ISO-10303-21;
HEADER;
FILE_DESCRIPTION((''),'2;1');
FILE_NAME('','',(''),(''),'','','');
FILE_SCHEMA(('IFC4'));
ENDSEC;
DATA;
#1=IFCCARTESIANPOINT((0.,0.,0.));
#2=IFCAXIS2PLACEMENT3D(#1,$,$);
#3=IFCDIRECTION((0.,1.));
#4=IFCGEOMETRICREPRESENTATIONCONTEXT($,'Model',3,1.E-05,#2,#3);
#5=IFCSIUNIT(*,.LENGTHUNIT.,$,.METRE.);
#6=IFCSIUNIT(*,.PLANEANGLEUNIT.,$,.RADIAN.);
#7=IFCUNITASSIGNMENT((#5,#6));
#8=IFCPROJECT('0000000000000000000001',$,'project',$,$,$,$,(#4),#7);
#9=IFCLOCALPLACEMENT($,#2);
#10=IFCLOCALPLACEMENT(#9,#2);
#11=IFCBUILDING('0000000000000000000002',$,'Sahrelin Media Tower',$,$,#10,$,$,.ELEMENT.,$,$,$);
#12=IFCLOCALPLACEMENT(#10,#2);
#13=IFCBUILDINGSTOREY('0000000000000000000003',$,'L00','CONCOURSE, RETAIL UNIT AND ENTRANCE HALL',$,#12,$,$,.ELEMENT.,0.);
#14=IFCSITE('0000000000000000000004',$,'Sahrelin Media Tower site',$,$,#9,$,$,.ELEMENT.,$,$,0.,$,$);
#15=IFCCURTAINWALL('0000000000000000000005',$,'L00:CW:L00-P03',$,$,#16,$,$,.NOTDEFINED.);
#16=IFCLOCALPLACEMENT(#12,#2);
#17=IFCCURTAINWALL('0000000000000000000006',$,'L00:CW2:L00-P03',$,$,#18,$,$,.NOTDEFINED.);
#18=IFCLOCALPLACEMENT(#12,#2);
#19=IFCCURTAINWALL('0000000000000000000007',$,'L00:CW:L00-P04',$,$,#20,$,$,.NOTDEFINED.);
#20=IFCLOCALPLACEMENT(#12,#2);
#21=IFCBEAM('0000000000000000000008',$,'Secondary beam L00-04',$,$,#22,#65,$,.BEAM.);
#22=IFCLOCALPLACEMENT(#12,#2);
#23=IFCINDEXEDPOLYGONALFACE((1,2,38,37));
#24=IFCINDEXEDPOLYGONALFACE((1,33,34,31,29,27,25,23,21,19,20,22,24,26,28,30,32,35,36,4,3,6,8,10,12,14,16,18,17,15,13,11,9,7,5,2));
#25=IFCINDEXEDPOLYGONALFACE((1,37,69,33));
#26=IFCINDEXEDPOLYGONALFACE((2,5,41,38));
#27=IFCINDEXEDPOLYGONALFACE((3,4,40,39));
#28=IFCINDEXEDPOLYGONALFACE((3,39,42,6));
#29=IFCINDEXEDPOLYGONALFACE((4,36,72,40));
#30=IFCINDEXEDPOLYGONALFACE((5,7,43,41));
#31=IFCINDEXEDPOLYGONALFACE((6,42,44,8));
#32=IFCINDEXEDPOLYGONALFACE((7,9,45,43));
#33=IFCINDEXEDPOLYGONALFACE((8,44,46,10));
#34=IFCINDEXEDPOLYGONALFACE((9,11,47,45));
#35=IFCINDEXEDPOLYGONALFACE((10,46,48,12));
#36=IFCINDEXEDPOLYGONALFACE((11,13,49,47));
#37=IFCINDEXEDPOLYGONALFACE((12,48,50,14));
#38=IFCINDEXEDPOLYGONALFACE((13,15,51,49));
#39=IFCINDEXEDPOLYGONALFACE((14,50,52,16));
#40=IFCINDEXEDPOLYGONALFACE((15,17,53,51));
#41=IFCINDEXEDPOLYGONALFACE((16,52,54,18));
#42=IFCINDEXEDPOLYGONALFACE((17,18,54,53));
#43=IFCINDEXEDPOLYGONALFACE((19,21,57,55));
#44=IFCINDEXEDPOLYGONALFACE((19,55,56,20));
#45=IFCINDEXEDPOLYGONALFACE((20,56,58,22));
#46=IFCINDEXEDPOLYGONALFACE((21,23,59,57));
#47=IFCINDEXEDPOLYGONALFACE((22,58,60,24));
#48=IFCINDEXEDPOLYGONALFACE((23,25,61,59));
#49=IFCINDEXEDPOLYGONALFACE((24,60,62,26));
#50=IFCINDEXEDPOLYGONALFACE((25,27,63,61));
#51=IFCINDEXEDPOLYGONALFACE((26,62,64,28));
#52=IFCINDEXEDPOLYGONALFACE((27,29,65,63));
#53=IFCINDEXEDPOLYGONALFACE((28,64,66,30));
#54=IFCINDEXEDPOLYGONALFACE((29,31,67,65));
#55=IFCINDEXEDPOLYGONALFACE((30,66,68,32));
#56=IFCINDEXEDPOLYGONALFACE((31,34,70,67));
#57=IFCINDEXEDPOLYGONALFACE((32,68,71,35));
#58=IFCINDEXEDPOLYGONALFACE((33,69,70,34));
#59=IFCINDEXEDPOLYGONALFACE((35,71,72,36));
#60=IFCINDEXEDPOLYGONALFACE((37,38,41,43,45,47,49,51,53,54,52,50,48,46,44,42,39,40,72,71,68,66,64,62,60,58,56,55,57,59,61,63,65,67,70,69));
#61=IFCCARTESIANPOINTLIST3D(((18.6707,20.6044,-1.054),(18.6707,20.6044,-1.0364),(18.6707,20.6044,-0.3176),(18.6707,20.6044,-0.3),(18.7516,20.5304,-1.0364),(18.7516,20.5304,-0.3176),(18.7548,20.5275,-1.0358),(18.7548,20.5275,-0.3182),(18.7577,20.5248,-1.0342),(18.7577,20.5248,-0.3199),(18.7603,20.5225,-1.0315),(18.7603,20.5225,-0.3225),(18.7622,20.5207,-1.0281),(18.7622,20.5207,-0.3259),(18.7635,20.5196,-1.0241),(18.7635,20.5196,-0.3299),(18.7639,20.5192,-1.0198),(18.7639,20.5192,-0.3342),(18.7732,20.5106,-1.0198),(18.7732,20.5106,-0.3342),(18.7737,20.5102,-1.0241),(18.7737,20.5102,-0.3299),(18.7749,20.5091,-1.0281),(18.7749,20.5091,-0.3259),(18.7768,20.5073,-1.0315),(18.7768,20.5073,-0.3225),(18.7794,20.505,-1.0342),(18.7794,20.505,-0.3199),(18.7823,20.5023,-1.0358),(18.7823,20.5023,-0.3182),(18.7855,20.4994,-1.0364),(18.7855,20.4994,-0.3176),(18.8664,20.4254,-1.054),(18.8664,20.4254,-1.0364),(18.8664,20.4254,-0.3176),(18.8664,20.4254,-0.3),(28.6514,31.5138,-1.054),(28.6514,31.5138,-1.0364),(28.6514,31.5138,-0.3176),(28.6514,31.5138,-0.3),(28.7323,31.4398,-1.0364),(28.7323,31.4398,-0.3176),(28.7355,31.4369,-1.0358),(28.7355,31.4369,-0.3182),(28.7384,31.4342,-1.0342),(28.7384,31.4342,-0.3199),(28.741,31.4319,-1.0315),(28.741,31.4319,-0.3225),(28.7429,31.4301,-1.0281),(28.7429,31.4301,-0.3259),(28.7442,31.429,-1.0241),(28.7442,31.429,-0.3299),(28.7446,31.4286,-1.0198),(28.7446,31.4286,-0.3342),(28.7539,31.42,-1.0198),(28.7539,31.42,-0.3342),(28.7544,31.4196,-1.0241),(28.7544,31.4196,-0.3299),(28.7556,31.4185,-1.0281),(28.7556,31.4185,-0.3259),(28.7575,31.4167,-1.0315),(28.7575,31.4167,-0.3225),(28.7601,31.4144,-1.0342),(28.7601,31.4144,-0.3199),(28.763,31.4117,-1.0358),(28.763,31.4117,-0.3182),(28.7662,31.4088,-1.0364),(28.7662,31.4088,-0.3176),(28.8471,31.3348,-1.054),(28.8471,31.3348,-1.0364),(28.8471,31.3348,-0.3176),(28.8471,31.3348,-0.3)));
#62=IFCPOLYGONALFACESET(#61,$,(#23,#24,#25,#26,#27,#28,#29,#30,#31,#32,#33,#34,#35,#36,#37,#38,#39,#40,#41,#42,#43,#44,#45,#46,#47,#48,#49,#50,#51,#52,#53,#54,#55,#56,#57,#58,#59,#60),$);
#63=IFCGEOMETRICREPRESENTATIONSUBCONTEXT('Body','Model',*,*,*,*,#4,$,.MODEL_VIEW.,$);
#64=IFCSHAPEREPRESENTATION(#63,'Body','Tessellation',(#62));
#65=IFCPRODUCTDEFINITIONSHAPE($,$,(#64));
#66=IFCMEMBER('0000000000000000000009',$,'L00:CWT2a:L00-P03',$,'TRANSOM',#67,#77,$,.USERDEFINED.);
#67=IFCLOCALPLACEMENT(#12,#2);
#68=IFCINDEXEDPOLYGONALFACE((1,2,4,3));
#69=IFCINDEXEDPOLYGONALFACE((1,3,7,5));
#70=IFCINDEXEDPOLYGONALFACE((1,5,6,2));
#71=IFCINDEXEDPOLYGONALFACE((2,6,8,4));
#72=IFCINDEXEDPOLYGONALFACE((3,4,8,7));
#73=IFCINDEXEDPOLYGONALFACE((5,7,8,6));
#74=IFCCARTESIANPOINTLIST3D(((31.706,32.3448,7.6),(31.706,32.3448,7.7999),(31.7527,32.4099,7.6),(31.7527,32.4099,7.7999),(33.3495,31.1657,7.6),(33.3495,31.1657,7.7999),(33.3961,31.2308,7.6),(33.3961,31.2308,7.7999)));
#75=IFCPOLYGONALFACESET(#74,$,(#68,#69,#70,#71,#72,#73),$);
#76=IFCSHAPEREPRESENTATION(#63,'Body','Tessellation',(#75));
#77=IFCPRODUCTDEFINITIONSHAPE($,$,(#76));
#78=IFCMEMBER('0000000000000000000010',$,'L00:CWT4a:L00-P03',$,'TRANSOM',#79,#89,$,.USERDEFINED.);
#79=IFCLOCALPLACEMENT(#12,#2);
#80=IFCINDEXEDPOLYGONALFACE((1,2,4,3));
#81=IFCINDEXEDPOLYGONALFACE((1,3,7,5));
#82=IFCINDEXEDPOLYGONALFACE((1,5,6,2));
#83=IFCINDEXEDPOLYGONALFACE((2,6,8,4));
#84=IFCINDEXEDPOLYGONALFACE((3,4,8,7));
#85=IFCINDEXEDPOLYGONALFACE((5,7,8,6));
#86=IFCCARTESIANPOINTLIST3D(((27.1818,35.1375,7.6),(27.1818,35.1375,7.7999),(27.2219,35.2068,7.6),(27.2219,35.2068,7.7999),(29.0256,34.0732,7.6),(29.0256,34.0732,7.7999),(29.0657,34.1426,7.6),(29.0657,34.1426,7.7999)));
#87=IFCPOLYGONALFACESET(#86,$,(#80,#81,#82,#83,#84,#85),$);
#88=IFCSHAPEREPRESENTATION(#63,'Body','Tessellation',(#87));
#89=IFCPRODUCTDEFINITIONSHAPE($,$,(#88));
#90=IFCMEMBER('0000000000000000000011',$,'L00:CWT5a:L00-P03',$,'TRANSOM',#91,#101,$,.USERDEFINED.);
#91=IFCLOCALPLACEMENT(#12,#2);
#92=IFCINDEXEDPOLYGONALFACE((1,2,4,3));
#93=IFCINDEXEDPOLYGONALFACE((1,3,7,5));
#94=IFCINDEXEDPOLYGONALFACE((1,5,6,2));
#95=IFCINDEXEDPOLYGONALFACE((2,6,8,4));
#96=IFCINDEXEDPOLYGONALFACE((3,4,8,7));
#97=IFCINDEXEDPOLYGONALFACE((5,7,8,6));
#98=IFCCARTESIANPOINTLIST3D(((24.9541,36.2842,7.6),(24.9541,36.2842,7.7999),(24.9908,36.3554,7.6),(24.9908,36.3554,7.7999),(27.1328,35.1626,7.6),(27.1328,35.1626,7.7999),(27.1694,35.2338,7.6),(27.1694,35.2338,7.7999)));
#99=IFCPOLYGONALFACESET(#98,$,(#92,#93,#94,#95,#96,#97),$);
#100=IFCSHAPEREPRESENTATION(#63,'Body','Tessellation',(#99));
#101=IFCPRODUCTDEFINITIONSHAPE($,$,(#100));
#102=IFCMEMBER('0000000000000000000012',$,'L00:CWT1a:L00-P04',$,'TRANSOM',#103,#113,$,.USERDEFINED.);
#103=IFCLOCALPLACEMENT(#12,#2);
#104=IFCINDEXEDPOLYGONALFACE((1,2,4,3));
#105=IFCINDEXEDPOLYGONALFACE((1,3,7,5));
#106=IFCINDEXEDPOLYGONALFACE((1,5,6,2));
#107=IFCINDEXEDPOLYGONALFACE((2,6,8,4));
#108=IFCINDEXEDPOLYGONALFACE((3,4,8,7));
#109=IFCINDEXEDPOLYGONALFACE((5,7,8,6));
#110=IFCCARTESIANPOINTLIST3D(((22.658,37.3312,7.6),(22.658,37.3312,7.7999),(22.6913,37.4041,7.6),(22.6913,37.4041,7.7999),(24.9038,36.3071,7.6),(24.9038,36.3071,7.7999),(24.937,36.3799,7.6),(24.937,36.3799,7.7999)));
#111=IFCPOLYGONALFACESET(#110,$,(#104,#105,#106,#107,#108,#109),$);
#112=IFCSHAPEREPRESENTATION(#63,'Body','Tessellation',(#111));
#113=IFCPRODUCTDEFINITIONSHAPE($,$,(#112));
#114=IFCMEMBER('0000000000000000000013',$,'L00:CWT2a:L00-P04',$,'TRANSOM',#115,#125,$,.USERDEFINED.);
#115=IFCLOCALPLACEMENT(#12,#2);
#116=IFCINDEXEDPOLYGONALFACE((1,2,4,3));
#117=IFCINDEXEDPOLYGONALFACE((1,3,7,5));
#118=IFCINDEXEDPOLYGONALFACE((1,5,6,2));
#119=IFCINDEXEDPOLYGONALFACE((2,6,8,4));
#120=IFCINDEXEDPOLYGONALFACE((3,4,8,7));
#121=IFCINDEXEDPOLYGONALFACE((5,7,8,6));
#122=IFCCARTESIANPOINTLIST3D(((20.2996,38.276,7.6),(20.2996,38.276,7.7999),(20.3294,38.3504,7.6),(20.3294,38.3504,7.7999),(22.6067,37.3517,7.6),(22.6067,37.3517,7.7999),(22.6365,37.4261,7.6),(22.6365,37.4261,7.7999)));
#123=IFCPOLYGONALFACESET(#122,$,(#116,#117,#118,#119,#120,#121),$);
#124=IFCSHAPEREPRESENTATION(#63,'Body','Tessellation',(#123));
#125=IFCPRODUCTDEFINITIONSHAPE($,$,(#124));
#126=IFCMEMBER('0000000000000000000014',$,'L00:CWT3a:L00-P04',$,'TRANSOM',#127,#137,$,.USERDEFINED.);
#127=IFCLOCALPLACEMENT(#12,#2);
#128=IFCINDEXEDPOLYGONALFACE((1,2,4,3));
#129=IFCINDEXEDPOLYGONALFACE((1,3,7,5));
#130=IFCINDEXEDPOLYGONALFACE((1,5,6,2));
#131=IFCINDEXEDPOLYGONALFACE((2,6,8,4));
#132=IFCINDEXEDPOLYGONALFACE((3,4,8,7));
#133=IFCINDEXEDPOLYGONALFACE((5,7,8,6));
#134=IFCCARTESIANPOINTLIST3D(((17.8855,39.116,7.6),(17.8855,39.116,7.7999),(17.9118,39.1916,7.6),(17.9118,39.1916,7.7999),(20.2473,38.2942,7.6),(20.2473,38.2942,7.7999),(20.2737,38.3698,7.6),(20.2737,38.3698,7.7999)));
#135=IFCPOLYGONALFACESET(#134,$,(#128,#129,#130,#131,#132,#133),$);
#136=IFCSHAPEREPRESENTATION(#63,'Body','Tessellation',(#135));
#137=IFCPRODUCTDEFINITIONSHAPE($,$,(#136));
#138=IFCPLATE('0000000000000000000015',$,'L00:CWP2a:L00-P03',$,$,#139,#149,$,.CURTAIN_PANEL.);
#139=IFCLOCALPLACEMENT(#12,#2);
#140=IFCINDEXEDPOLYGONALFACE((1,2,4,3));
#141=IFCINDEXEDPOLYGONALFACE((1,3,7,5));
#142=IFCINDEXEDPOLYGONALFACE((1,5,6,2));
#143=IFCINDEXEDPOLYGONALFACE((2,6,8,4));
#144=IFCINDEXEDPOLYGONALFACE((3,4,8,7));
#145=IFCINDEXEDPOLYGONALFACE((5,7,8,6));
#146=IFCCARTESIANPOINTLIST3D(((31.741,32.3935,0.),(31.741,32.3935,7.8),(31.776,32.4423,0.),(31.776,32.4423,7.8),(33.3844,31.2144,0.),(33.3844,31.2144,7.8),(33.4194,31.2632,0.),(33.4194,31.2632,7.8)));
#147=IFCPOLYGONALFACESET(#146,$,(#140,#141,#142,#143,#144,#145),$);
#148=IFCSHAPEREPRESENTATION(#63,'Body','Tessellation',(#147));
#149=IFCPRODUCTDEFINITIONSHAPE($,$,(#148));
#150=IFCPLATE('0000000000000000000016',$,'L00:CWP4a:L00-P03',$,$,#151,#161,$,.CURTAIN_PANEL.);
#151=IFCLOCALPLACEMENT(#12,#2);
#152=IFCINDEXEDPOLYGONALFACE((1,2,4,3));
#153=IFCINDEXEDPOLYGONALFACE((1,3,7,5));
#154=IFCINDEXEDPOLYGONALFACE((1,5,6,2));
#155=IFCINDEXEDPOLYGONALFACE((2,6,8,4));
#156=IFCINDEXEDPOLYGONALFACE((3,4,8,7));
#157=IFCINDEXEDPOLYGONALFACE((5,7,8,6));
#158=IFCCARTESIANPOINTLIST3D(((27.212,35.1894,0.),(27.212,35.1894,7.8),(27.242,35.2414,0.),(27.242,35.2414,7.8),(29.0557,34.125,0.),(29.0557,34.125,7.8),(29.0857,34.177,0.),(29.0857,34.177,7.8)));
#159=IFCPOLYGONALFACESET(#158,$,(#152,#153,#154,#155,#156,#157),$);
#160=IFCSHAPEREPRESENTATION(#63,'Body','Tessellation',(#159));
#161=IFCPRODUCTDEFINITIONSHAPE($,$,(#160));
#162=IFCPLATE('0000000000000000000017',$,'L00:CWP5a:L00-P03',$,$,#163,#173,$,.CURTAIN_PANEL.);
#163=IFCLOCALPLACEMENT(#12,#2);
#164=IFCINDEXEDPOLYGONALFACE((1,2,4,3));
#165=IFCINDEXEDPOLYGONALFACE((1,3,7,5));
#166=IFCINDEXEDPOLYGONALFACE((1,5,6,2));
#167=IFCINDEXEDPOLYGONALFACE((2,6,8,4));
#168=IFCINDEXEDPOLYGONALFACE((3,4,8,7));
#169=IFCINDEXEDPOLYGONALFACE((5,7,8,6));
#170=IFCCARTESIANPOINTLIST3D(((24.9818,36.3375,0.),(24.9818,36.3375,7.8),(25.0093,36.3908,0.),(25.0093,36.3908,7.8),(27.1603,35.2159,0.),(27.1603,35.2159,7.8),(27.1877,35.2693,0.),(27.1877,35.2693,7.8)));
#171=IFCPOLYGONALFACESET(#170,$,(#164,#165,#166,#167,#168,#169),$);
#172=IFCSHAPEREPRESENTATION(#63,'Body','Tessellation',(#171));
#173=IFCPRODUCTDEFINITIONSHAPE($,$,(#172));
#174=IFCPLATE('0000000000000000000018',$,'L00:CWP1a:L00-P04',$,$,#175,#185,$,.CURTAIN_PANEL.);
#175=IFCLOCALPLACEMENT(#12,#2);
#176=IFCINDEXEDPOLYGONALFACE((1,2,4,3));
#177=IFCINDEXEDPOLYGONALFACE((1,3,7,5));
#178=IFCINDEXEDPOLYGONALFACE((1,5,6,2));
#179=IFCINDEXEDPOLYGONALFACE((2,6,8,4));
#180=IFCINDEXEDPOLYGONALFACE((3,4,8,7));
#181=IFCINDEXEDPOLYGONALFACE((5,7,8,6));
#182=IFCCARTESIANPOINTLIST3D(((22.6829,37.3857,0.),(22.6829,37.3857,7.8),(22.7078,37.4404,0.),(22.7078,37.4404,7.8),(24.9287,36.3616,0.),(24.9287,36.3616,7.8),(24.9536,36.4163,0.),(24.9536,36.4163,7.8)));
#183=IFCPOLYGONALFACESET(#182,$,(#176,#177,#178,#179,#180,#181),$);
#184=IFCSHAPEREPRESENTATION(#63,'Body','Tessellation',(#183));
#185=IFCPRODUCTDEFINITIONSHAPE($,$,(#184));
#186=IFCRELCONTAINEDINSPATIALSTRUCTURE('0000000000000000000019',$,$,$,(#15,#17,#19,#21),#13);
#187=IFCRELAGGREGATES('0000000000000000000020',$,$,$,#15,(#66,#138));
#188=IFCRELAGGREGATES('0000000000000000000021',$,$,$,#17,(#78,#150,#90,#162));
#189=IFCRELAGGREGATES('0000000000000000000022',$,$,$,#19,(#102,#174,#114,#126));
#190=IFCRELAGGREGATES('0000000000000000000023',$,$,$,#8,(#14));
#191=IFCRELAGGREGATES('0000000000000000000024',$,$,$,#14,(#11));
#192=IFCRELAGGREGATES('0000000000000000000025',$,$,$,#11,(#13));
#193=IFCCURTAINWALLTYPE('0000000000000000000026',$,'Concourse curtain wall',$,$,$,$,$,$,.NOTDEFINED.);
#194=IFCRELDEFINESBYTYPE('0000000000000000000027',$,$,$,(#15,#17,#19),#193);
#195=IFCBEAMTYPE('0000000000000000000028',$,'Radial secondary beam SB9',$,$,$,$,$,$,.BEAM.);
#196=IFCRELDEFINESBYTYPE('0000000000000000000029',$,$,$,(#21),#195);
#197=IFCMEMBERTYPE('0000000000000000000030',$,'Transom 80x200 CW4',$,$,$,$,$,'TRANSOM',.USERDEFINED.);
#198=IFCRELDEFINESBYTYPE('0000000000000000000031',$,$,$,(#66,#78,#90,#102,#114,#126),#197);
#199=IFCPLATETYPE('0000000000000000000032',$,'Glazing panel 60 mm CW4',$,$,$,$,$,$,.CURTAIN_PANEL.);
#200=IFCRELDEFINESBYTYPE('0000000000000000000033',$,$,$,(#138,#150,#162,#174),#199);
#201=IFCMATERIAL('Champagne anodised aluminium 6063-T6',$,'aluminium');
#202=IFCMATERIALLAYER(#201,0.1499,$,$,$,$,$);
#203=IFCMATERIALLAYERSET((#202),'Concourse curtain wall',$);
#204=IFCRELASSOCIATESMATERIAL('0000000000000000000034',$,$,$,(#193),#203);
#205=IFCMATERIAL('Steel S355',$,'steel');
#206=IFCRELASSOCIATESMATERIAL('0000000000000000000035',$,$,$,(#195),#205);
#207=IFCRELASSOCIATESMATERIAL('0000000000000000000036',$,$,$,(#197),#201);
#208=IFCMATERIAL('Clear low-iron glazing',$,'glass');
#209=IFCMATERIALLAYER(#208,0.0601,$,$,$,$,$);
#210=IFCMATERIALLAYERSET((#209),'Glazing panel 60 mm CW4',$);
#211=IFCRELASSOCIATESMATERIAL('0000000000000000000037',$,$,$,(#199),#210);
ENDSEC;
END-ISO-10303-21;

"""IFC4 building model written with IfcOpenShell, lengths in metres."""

from ifc_helpers import new_model, si_unit, direction, frame, origin, origin_2d, place, context, subcontext, project, spatial, polyline, rectangle, i_section, outline, extrude, material, layer, layer_set, material_profile, profile_set, type_object, element, aggregate, save


model = new_model("IFC4")

# Units and contexts
model_context = context("Model", 3, precision=1e-05, world=origin(), true_north=direction((0.0, 1.0)))
body_context = subcontext(model_context, "Body", "Model", "MODEL_VIEW")
ifc_project = project(units=[si_unit("LENGTHUNIT", "METRE"), si_unit("PLANEANGLEUNIT", "RADIAN")], contexts=[model_context])

# Site, building, storey
site_placement = place(None, origin())
site = spatial("IfcSite", under=ifc_project, at=site_placement, Name="Sahrelin Media Tower site", CompositionType="ELEMENT", RefElevation=0.0)
building_placement = place(site_placement, origin())
building = spatial("IfcBuilding", under=site, at=building_placement, Name="Sahrelin Media Tower", CompositionType="ELEMENT")
storey_placement = place(building_placement, origin())
storey = spatial("IfcBuildingStorey", under=building, at=storey_placement, Name="L00", Description="CONCOURSE, RETAIL UNIT AND ENTRANCE HALL", CompositionType="ELEMENT", Elevation=0.0)

# Curtain walls
ifc_material_1 = material(Name="Champagne anodised aluminium 6063-T6", Category="aluminium")
ifc_layer_1 = layer(ifc_material_1, 0.1499)
ifc_layer_set_1 = layer_set([ifc_layer_1], Name="Concourse curtain wall")
curtain_wall_type = type_object("IfcCurtainWallType", Name="Concourse curtain wall", PredefinedType="NOTDEFINED", material=ifc_layer_set_1)
curtain_wall_1_placement = place(storey_placement, frame((35.3552, 29.6985, 0.0), z_axis=(0.0, 0.0, 1.0), x_axis=(1.0, 0.0, 0.0)))
curtain_wall_1 = element("IfcCurtainWall", 1, at=curtain_wall_1_placement, inside=storey, type_object=curtain_wall_type, Name="L00:CW:L00-P03", PredefinedType="NOTDEFINED")
curtain_wall_2_placement = place(storey_placement, frame((29.0757, 34.1599, 0.0), z_axis=(0.0, 0.0, 1.0), x_axis=(1.0, 0.0, 0.0)))
curtain_wall_2 = element("IfcCurtainWall", 2, at=curtain_wall_2_placement, inside=storey, type_object=curtain_wall_type, Name="L00:CW2:L00-P03", PredefinedType="NOTDEFINED")

# Curtain wall
curtain_wall_3_placement = place(storey_placement, frame((25.0, 36.373, 0.0), z_axis=(0.0, 0.0, 1.0), x_axis=(1.0, 0.0, 0.0)))
curtain_wall_3 = element("IfcCurtainWall", 3, at=curtain_wall_3_placement, inside=storey, type_object=curtain_wall_type, Name="L00:CW:L00-P04", PredefinedType="NOTDEFINED")

# Beam
ifc_material_2 = material(Name="Steel S355", Category="steel")
ifc_material_profile_1 = material_profile(ifc_material_2, i_section(OverallWidth=0.2651, OverallDepth=0.7539, WebThickness=0.0127, FlangeThickness=0.0176, FilletRadius=0.0166, at=origin_2d()), Name="UB 762x267x147")
ifc_profile_set_1 = profile_set([ifc_material_profile_1], Name="Steel S355")
beam_type_1 = type_object("IfcBeamType", Name="Radial secondary beam SB9", PredefinedType="BEAM", material=ifc_profile_set_1)
beam_1_placement = place(storey_placement, frame((18.7686, 20.5149, -0.677), z_axis=(0.675004, 0.737814, 0.0), x_axis=(-0.737814, 0.675004, 0.0)))
element("IfcBeam", 4, at=beam_1_placement, inside=storey, type_object=beam_type_1, Name="Secondary beam L00-04", PredefinedType="BEAM", context=body_context, shape_type="SweptSolid", body=[
    extrude(i_section(OverallWidth=0.2651, OverallDepth=0.7539, WebThickness=0.0127, FlangeThickness=0.0176, FilletRadius=0.0166, at=origin_2d()), origin(), (0.0, 0.0, 1.0), 14.7861),
])

# Members
ifc_material_profile_2 = material_profile(ifc_material_1, rectangle(XDim=0.0801, YDim=0.2, at=origin_2d()), Name="Transom 80x200")
ifc_profile_set_2 = profile_set([ifc_material_profile_2], Name="Champagne anodised aluminium 6063-T6")
member_type_1 = type_object("IfcMemberType", Name="Transom 80x200 CW4", ElementType="TRANSOM", PredefinedType="USERDEFINED", material=ifc_profile_set_2)
member_1_placement = place(storey_placement, frame((33.3728, 31.1982, 7.7), z_axis=(-0.812508, 0.582949, 0.0), x_axis=(-0.582949, -0.812508, 0.0)))
member_1 = element("IfcMember", 5, at=member_1_placement, type_object=member_type_1, Name="L00:CWT2a:L00-P03", ObjectType="TRANSOM", PredefinedType="USERDEFINED", context=body_context, shape_type="SweptSolid", body=[
    extrude(rectangle(XDim=0.0801, YDim=0.2, at=origin_2d()), origin(), (0.0, 0.0, 1.0), 2.0227),
])
member_2_placement = place(storey_placement, frame((29.0457, 34.1079, 7.7), z_axis=(-0.866082, 0.499901, 0.0), x_axis=(-0.499901, -0.866082, 0.0)))
member_2 = element("IfcMember", 6, at=member_2_placement, type_object=member_type_1, Name="L00:CWT4a:L00-P03", ObjectType="TRANSOM", PredefinedType="USERDEFINED", context=body_context, shape_type="SweptSolid", body=[
    extrude(rectangle(XDim=0.0801, YDim=0.2, at=origin_2d()), origin(), (0.0, 0.0, 1.0), 2.1289),
])
member_3_placement = place(storey_placement, frame((27.1511, 35.1982, 7.7), z_axis=(-0.889105, 0.457704, 0.0), x_axis=(-0.457704, -0.889105, 0.0)))
member_3 = element("IfcMember", 7, at=member_3_placement, type_object=member_type_1, Name="L00:CWT5a:L00-P03", ObjectType="TRANSOM", PredefinedType="USERDEFINED", context=body_context, shape_type="SweptSolid", body=[
    extrude(rectangle(XDim=0.0801, YDim=0.2, at=origin_2d()), origin(), (0.0, 0.0, 1.0), 2.4504),
])
member_4_placement = place(storey_placement, frame((24.9204, 36.3435, 7.7), z_axis=(-0.909858, 0.41492, 0.0), x_axis=(-0.41492, -0.909858, 0.0)))
member_4 = element("IfcMember", 8, at=member_4_placement, type_object=member_type_1, Name="L00:CWT1a:L00-P04", ObjectType="TRANSOM", PredefinedType="USERDEFINED", context=body_context, shape_type="SweptSolid", body=[
    extrude(rectangle(XDim=0.0801, YDim=0.2, at=origin_2d()), origin(), (0.0, 0.0, 1.0), 2.4683),
])
member_5_placement = place(storey_placement, frame((22.6216, 37.3889, 7.7), z_axis=(-0.928273, 0.371899, 0.0), x_axis=(-0.371899, -0.928273, 0.0)))
member_5 = element("IfcMember", 9, at=member_5_placement, type_object=member_type_1, Name="L00:CWT2a:L00-P04", ObjectType="TRANSOM", PredefinedType="USERDEFINED", context=body_context, shape_type="SweptSolid", body=[
    extrude(rectangle(XDim=0.0801, YDim=0.2, at=origin_2d()), origin(), (0.0, 0.0, 1.0), 2.4854),
])
member_6_placement = place(storey_placement, frame((20.2605, 38.332, 7.7), z_axis=(-0.944463, 0.328619, 0.0), x_axis=(-0.328619, -0.944463, 0.0)))
member_6 = element("IfcMember", 10, at=member_6_placement, type_object=member_type_1, Name="L00:CWT3a:L00-P04", ObjectType="TRANSOM", PredefinedType="USERDEFINED", context=body_context, shape_type="SweptSolid", body=[
    extrude(rectangle(XDim=0.0801, YDim=0.2, at=origin_2d()), origin(), (0.0, 0.0, 1.0), 2.5007),
])

# Plates
ifc_material_3 = material(Name="Clear low-iron glazing", Category="glass")
ifc_layer_2 = layer(ifc_material_3, 0.0601)
ifc_layer_set_2 = layer_set([ifc_layer_2], Name="Glazing panel 60 mm CW4")
plate_type = type_object("IfcPlateType", Name="Glazing panel 60 mm CW4", PredefinedType="CURTAIN_PANEL", material=ifc_layer_set_2)
plate_1_placement = place(storey_placement, frame((33.4194, 31.2632, 0.0), z_axis=(0.582949, 0.812508, 0.0), x_axis=(-0.812508, 0.582949, 0.0)))
plate_1 = element("IfcPlate", 11, at=plate_1_placement, type_object=plate_type, Name="L00:CWP2a:L00-P03", PredefinedType="CURTAIN_PANEL", context=body_context, shape_type="SweptSolid", body=[
    extrude(outline(polyline([(0.0, 0.0), (2.0227, 0.0), (2.0227, 7.8), (0.0, 7.8), (0.0, 0.0)])), origin(), (0.0, 0.0, -1.0), 0.0601),
])
aggregate(curtain_wall_1, [member_1, plate_1])
plate_2_placement = place(storey_placement, frame((29.0857, 34.177, 0.0), z_axis=(0.499987, 0.866033, 0.0), x_axis=(-0.866033, 0.499987, 0.0)))
plate_2 = element("IfcPlate", 12, at=plate_2_placement, type_object=plate_type, Name="L00:CWP4a:L00-P03", PredefinedType="CURTAIN_PANEL", context=body_context, shape_type="SweptSolid", body=[
    extrude(outline(polyline([(0.0, 0.0), (2.1289, 0.0), (2.1289, 7.8), (0.0, 7.8), (0.0, 0.0)])), origin(), (0.0, 0.0, -1.0), 0.0601),
])
plate_3_placement = place(storey_placement, frame((27.1877, 35.2693, 0.0), z_axis=(0.457744, 0.889084, 0.0), x_axis=(-0.889084, 0.457744, 0.0)))
plate_3 = element("IfcPlate", 13, at=plate_3_placement, type_object=plate_type, Name="L00:CWP5a:L00-P03", PredefinedType="CURTAIN_PANEL", context=body_context, shape_type="SweptSolid", body=[
    extrude(outline(polyline([(0.0, 0.0), (2.4502, 0.0), (2.4502, 7.8), (0.0, 7.8), (0.0, 0.0)])), origin(), (0.0, 0.0, -1.0), 0.0601),
])
aggregate(curtain_wall_2, [member_2, plate_2, member_3, plate_3])
plate_4_placement = place(storey_placement, frame((24.9536, 36.4163, 0.0), z_axis=(0.41492, 0.909858, 0.0), x_axis=(-0.909858, 0.41492, 0.0)))
plate_4 = element("IfcPlate", 14, at=plate_4_placement, type_object=plate_type, Name="L00:CWP1a:L00-P04", PredefinedType="CURTAIN_PANEL", context=body_context, shape_type="SweptSolid", body=[
    extrude(outline(polyline([(0.0, 0.0), (2.4683, 0.0), (2.4683, 7.8), (0.0, 7.8), (0.0, 0.0)])), origin(), (0.0, 0.0, -1.0), 0.0601),
])
aggregate(curtain_wall_3, [member_4, plate_4, member_5, member_6])

save(model, "model.ifc")
